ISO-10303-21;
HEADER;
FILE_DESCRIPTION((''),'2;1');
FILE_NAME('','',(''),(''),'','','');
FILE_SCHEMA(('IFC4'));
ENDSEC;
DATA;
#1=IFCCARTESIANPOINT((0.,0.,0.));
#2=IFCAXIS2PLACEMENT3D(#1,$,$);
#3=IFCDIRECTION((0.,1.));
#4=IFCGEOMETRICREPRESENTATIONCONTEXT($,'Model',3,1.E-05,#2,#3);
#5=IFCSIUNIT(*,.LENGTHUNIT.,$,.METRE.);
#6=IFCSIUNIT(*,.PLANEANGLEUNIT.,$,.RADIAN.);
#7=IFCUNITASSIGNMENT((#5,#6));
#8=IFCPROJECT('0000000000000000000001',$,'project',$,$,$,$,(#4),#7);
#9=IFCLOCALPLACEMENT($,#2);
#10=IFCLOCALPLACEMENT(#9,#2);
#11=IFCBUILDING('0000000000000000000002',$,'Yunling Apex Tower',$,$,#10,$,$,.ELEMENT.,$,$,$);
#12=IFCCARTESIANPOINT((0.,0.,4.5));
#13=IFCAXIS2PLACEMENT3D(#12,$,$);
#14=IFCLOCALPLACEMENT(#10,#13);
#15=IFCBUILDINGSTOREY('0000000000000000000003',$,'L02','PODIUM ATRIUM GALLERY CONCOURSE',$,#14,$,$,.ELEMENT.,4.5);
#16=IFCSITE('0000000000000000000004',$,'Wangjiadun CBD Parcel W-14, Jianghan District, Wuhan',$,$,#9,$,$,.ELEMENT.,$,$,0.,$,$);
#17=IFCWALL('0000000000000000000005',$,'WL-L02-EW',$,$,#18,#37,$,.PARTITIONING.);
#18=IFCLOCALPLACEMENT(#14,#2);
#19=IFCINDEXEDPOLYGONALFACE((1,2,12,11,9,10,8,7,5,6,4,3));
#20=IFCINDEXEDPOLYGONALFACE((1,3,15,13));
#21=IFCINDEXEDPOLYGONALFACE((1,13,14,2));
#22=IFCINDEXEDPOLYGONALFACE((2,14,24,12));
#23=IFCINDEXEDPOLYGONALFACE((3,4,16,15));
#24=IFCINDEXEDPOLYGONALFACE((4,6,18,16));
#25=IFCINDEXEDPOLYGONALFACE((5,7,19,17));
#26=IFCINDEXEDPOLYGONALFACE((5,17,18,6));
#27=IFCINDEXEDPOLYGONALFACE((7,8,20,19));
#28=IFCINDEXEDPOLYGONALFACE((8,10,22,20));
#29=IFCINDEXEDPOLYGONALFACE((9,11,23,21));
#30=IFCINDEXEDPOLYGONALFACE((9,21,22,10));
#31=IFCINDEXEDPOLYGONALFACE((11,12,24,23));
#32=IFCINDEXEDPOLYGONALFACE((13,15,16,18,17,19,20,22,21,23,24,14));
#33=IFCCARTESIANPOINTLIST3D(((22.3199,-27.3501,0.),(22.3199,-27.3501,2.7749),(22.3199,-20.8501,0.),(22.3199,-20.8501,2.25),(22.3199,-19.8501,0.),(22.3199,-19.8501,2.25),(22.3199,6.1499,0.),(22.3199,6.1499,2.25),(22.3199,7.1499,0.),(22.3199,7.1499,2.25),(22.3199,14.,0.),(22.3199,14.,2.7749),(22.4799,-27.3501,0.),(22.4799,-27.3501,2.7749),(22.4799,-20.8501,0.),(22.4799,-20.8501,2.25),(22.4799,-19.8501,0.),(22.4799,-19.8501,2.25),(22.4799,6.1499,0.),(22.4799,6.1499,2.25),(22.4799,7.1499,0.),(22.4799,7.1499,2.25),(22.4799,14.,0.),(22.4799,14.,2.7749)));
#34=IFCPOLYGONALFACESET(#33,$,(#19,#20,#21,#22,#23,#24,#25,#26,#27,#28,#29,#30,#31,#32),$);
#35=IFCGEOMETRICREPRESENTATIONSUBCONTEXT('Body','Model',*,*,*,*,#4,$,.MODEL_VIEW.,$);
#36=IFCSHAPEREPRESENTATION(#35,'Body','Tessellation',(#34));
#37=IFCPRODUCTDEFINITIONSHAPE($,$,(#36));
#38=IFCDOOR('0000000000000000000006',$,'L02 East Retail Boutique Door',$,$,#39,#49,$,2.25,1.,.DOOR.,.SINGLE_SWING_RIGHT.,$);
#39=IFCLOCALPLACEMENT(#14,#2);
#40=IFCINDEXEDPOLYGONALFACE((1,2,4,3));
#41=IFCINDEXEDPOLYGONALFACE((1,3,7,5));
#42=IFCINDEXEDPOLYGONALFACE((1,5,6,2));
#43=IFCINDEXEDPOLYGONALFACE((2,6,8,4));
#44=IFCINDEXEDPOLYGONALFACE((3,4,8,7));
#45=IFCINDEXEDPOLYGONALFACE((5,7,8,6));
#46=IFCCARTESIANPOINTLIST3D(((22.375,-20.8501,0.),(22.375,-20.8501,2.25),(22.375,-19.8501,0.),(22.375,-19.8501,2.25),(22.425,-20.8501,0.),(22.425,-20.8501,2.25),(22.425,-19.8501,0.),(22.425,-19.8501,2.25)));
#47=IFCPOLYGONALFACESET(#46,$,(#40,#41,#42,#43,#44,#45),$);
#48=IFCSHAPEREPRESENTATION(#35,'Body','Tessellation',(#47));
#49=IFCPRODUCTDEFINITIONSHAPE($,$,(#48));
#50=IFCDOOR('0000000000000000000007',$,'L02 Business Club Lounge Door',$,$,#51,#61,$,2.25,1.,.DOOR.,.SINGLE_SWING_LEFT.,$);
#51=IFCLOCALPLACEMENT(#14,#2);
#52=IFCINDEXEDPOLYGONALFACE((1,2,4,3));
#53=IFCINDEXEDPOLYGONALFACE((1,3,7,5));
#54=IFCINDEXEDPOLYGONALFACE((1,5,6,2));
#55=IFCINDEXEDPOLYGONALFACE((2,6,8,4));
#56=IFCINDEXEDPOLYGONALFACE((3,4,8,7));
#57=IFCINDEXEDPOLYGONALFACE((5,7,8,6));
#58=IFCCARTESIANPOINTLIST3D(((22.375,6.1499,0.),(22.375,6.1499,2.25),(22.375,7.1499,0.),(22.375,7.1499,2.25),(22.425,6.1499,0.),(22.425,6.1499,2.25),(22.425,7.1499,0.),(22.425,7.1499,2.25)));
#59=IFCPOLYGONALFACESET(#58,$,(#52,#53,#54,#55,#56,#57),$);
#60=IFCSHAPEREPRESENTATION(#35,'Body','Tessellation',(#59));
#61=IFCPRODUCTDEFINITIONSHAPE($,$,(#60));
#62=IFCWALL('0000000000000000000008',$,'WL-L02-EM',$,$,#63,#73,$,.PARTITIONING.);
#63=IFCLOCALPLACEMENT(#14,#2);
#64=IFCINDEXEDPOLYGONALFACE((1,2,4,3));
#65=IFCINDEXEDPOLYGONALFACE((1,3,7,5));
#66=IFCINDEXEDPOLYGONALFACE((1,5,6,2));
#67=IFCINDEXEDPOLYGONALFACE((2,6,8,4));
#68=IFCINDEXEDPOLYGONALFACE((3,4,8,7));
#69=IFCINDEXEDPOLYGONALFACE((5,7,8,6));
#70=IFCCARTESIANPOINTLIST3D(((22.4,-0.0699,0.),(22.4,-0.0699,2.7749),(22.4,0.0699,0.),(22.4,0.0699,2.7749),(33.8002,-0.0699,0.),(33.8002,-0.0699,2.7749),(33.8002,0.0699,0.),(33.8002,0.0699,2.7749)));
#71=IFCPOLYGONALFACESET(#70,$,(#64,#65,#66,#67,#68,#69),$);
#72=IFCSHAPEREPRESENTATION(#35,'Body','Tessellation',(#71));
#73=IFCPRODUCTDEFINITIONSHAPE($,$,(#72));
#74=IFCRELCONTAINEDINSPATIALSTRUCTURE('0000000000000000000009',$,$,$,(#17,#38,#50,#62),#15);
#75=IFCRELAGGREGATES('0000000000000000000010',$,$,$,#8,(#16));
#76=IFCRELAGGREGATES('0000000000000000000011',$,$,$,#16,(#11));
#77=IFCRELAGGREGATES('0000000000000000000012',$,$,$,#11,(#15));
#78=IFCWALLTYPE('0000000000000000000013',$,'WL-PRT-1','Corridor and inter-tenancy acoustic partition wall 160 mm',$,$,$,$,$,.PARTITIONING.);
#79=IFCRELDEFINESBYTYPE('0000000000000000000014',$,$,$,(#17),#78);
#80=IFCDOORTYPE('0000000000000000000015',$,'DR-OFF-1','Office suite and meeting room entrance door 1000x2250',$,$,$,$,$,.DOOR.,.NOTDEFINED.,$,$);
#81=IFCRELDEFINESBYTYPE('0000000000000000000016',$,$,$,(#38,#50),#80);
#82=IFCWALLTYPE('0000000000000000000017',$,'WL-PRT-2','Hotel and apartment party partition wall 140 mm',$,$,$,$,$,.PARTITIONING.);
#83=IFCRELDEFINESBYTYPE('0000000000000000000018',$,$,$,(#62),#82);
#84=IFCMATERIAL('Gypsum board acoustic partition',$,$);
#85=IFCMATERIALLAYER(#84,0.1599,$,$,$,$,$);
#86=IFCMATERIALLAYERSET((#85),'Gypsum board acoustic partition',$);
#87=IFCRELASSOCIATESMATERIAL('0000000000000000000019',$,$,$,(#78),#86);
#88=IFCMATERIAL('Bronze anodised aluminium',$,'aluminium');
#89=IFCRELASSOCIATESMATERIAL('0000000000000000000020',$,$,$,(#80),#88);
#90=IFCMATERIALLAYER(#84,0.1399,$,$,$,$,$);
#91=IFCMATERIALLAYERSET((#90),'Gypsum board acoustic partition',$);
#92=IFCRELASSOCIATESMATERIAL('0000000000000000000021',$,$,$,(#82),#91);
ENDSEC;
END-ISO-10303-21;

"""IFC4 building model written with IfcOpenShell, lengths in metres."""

from ifc_helpers import new_model, si_unit, direction, frame, frame_2d, origin, place, context, subcontext, project, spatial, rectangle, extrude, material, layer, layer_set, type_object, element, fill, save


model = new_model("IFC4")

# Units and contexts
model_context = context("Model", 3, precision=1e-05, world=origin(), true_north=direction((0.0, 1.0)))
body_context = subcontext(model_context, "Body", "Model", "MODEL_VIEW")
ifc_project = project(units=[si_unit("LENGTHUNIT", "METRE"), si_unit("PLANEANGLEUNIT", "RADIAN")], contexts=[model_context])

# Site, building, storey
site_placement = place(None, origin())
site = spatial("IfcSite", under=ifc_project, at=site_placement, Name="Wangjiadun CBD Parcel W-14, Jianghan District, Wuhan", CompositionType="ELEMENT", RefElevation=0.0)
building_placement = place(site_placement, origin())
building = spatial("IfcBuilding", under=site, at=building_placement, Name="Yunling Apex Tower", CompositionType="ELEMENT")
storey_placement = place(building_placement, frame((0.0, 0.0, 4.5)))
storey = spatial("IfcBuildingStorey", under=building, at=storey_placement, Name="L02", Description="PODIUM ATRIUM GALLERY CONCOURSE", CompositionType="ELEMENT", Elevation=4.5)

# Wall, openings, doors
ifc_material_1 = material(Name="Gypsum board acoustic partition")
ifc_layer_1 = layer(ifc_material_1, 0.1599)
ifc_layer_set_1 = layer_set([ifc_layer_1], Name="Gypsum board acoustic partition")
wall_type_1 = type_object("IfcWallType", Name="WL-PRT-1", Description="Corridor and inter-tenancy acoustic partition wall 160 mm", PredefinedType="PARTITIONING", material=ifc_layer_set_1)
wall_1_placement = place(storey_placement, frame((22.3999, -27.3501, 0.0), z_axis=(0.0, 0.0, 1.0), x_axis=(0.0, 1.0, 0.0)))
wall_1 = element("IfcWall", 1, at=wall_1_placement, inside=storey, type_object=wall_type_1, Name="WL-L02-EW", PredefinedType="PARTITIONING", context=body_context, shape_type="SweptSolid", body=[
    extrude(rectangle(XDim=41.3501, YDim=0.1599, at=frame_2d((20.675, 0.0))), origin(), (0.0, 0.0, 1.0), 2.7749),
])
opening_1_placement = place(wall_1_placement, frame((6.5, 0.0, 0.0)))
opening_1 = element("IfcOpeningElement", 2, at=opening_1_placement, cuts=wall_1, PredefinedType="OPENING", context=body_context, shape_type="SweptSolid", body=[
    extrude(rectangle(XDim=1.0, YDim=2.25, at=frame_2d((0.5, 1.125))), frame((0.0, 0.0898, 0.0), z_axis=(0.0, -1.0, 0.0), x_axis=(1.0, 0.0, 0.0)), (0.0, 0.0, 1.0), 0.1799),
])
opening_2_placement = place(wall_1_placement, frame((33.5, 0.0, 0.0)))
opening_2 = element("IfcOpeningElement", 3, at=opening_2_placement, cuts=wall_1, PredefinedType="OPENING", context=body_context, shape_type="SweptSolid", body=[
    extrude(rectangle(XDim=1.0, YDim=2.25, at=frame_2d((0.5, 1.125))), frame((0.0, 0.0898, 0.0), z_axis=(0.0, -1.0, 0.0), x_axis=(1.0, 0.0, 0.0)), (0.0, 0.0, 1.0), 0.1799),
])
ifc_material_2 = material(Name="Bronze anodised aluminium", Category="aluminium")
door_type = type_object("IfcDoorType", Name="DR-OFF-1", Description="Office suite and meeting room entrance door 1000x2250", OperationType="NOTDEFINED", PredefinedType="DOOR", material=ifc_material_2)
door_1_placement = place(opening_1_placement, origin())
door_1 = element("IfcDoor", 4, at=door_1_placement, inside=storey, type_object=door_type, Name="L02 East Retail Boutique Door", OperationType="SINGLE_SWING_RIGHT", OverallHeight=2.25, OverallWidth=1.0, PredefinedType="DOOR", context=body_context, shape_type="SweptSolid", body=[
    extrude(rectangle(XDim=1.0, YDim=2.25, at=frame_2d((0.5, 1.125))), frame((0.0, 0.0249, 0.0), z_axis=(0.0, -1.0, 0.0), x_axis=(1.0, 0.0, 0.0)), (0.0, 0.0, 1.0), 0.05),
])
fill(opening_1, door_1)
door_2_placement = place(opening_2_placement, origin())
door_2 = element("IfcDoor", 5, at=door_2_placement, inside=storey, type_object=door_type, Name="L02 Business Club Lounge Door", OperationType="SINGLE_SWING_LEFT", OverallHeight=2.25, OverallWidth=1.0, PredefinedType="DOOR", context=body_context, shape_type="SweptSolid", body=[
    extrude(rectangle(XDim=1.0, YDim=2.25, at=frame_2d((0.5, 1.125))), frame((0.0, 0.0249, 0.0), z_axis=(0.0, -1.0, 0.0), x_axis=(1.0, 0.0, 0.0)), (0.0, 0.0, 1.0), 0.05),
])
fill(opening_2, door_2)

# Wall
ifc_layer_2 = layer(ifc_material_1, 0.1399)
ifc_layer_set_2 = layer_set([ifc_layer_2], Name="Gypsum board acoustic partition")
wall_type_2 = type_object("IfcWallType", Name="WL-PRT-2", Description="Hotel and apartment party partition wall 140 mm", PredefinedType="PARTITIONING", material=ifc_layer_set_2)
wall_2_placement = place(storey_placement, frame((22.3999, 0.0, 0.0), z_axis=(0.0, 0.0, 1.0), x_axis=(1.0, 0.0, 0.0)))
element("IfcWall", 6, at=wall_2_placement, inside=storey, type_object=wall_type_2, Name="WL-L02-EM", PredefinedType="PARTITIONING", context=body_context, shape_type="SweptSolid", body=[
    extrude(rectangle(XDim=11.4001, YDim=0.1399, at=frame_2d((5.7002, 0.0))), origin(), (0.0, 0.0, 1.0), 2.7749),
])

save(model, "model.ifc")
